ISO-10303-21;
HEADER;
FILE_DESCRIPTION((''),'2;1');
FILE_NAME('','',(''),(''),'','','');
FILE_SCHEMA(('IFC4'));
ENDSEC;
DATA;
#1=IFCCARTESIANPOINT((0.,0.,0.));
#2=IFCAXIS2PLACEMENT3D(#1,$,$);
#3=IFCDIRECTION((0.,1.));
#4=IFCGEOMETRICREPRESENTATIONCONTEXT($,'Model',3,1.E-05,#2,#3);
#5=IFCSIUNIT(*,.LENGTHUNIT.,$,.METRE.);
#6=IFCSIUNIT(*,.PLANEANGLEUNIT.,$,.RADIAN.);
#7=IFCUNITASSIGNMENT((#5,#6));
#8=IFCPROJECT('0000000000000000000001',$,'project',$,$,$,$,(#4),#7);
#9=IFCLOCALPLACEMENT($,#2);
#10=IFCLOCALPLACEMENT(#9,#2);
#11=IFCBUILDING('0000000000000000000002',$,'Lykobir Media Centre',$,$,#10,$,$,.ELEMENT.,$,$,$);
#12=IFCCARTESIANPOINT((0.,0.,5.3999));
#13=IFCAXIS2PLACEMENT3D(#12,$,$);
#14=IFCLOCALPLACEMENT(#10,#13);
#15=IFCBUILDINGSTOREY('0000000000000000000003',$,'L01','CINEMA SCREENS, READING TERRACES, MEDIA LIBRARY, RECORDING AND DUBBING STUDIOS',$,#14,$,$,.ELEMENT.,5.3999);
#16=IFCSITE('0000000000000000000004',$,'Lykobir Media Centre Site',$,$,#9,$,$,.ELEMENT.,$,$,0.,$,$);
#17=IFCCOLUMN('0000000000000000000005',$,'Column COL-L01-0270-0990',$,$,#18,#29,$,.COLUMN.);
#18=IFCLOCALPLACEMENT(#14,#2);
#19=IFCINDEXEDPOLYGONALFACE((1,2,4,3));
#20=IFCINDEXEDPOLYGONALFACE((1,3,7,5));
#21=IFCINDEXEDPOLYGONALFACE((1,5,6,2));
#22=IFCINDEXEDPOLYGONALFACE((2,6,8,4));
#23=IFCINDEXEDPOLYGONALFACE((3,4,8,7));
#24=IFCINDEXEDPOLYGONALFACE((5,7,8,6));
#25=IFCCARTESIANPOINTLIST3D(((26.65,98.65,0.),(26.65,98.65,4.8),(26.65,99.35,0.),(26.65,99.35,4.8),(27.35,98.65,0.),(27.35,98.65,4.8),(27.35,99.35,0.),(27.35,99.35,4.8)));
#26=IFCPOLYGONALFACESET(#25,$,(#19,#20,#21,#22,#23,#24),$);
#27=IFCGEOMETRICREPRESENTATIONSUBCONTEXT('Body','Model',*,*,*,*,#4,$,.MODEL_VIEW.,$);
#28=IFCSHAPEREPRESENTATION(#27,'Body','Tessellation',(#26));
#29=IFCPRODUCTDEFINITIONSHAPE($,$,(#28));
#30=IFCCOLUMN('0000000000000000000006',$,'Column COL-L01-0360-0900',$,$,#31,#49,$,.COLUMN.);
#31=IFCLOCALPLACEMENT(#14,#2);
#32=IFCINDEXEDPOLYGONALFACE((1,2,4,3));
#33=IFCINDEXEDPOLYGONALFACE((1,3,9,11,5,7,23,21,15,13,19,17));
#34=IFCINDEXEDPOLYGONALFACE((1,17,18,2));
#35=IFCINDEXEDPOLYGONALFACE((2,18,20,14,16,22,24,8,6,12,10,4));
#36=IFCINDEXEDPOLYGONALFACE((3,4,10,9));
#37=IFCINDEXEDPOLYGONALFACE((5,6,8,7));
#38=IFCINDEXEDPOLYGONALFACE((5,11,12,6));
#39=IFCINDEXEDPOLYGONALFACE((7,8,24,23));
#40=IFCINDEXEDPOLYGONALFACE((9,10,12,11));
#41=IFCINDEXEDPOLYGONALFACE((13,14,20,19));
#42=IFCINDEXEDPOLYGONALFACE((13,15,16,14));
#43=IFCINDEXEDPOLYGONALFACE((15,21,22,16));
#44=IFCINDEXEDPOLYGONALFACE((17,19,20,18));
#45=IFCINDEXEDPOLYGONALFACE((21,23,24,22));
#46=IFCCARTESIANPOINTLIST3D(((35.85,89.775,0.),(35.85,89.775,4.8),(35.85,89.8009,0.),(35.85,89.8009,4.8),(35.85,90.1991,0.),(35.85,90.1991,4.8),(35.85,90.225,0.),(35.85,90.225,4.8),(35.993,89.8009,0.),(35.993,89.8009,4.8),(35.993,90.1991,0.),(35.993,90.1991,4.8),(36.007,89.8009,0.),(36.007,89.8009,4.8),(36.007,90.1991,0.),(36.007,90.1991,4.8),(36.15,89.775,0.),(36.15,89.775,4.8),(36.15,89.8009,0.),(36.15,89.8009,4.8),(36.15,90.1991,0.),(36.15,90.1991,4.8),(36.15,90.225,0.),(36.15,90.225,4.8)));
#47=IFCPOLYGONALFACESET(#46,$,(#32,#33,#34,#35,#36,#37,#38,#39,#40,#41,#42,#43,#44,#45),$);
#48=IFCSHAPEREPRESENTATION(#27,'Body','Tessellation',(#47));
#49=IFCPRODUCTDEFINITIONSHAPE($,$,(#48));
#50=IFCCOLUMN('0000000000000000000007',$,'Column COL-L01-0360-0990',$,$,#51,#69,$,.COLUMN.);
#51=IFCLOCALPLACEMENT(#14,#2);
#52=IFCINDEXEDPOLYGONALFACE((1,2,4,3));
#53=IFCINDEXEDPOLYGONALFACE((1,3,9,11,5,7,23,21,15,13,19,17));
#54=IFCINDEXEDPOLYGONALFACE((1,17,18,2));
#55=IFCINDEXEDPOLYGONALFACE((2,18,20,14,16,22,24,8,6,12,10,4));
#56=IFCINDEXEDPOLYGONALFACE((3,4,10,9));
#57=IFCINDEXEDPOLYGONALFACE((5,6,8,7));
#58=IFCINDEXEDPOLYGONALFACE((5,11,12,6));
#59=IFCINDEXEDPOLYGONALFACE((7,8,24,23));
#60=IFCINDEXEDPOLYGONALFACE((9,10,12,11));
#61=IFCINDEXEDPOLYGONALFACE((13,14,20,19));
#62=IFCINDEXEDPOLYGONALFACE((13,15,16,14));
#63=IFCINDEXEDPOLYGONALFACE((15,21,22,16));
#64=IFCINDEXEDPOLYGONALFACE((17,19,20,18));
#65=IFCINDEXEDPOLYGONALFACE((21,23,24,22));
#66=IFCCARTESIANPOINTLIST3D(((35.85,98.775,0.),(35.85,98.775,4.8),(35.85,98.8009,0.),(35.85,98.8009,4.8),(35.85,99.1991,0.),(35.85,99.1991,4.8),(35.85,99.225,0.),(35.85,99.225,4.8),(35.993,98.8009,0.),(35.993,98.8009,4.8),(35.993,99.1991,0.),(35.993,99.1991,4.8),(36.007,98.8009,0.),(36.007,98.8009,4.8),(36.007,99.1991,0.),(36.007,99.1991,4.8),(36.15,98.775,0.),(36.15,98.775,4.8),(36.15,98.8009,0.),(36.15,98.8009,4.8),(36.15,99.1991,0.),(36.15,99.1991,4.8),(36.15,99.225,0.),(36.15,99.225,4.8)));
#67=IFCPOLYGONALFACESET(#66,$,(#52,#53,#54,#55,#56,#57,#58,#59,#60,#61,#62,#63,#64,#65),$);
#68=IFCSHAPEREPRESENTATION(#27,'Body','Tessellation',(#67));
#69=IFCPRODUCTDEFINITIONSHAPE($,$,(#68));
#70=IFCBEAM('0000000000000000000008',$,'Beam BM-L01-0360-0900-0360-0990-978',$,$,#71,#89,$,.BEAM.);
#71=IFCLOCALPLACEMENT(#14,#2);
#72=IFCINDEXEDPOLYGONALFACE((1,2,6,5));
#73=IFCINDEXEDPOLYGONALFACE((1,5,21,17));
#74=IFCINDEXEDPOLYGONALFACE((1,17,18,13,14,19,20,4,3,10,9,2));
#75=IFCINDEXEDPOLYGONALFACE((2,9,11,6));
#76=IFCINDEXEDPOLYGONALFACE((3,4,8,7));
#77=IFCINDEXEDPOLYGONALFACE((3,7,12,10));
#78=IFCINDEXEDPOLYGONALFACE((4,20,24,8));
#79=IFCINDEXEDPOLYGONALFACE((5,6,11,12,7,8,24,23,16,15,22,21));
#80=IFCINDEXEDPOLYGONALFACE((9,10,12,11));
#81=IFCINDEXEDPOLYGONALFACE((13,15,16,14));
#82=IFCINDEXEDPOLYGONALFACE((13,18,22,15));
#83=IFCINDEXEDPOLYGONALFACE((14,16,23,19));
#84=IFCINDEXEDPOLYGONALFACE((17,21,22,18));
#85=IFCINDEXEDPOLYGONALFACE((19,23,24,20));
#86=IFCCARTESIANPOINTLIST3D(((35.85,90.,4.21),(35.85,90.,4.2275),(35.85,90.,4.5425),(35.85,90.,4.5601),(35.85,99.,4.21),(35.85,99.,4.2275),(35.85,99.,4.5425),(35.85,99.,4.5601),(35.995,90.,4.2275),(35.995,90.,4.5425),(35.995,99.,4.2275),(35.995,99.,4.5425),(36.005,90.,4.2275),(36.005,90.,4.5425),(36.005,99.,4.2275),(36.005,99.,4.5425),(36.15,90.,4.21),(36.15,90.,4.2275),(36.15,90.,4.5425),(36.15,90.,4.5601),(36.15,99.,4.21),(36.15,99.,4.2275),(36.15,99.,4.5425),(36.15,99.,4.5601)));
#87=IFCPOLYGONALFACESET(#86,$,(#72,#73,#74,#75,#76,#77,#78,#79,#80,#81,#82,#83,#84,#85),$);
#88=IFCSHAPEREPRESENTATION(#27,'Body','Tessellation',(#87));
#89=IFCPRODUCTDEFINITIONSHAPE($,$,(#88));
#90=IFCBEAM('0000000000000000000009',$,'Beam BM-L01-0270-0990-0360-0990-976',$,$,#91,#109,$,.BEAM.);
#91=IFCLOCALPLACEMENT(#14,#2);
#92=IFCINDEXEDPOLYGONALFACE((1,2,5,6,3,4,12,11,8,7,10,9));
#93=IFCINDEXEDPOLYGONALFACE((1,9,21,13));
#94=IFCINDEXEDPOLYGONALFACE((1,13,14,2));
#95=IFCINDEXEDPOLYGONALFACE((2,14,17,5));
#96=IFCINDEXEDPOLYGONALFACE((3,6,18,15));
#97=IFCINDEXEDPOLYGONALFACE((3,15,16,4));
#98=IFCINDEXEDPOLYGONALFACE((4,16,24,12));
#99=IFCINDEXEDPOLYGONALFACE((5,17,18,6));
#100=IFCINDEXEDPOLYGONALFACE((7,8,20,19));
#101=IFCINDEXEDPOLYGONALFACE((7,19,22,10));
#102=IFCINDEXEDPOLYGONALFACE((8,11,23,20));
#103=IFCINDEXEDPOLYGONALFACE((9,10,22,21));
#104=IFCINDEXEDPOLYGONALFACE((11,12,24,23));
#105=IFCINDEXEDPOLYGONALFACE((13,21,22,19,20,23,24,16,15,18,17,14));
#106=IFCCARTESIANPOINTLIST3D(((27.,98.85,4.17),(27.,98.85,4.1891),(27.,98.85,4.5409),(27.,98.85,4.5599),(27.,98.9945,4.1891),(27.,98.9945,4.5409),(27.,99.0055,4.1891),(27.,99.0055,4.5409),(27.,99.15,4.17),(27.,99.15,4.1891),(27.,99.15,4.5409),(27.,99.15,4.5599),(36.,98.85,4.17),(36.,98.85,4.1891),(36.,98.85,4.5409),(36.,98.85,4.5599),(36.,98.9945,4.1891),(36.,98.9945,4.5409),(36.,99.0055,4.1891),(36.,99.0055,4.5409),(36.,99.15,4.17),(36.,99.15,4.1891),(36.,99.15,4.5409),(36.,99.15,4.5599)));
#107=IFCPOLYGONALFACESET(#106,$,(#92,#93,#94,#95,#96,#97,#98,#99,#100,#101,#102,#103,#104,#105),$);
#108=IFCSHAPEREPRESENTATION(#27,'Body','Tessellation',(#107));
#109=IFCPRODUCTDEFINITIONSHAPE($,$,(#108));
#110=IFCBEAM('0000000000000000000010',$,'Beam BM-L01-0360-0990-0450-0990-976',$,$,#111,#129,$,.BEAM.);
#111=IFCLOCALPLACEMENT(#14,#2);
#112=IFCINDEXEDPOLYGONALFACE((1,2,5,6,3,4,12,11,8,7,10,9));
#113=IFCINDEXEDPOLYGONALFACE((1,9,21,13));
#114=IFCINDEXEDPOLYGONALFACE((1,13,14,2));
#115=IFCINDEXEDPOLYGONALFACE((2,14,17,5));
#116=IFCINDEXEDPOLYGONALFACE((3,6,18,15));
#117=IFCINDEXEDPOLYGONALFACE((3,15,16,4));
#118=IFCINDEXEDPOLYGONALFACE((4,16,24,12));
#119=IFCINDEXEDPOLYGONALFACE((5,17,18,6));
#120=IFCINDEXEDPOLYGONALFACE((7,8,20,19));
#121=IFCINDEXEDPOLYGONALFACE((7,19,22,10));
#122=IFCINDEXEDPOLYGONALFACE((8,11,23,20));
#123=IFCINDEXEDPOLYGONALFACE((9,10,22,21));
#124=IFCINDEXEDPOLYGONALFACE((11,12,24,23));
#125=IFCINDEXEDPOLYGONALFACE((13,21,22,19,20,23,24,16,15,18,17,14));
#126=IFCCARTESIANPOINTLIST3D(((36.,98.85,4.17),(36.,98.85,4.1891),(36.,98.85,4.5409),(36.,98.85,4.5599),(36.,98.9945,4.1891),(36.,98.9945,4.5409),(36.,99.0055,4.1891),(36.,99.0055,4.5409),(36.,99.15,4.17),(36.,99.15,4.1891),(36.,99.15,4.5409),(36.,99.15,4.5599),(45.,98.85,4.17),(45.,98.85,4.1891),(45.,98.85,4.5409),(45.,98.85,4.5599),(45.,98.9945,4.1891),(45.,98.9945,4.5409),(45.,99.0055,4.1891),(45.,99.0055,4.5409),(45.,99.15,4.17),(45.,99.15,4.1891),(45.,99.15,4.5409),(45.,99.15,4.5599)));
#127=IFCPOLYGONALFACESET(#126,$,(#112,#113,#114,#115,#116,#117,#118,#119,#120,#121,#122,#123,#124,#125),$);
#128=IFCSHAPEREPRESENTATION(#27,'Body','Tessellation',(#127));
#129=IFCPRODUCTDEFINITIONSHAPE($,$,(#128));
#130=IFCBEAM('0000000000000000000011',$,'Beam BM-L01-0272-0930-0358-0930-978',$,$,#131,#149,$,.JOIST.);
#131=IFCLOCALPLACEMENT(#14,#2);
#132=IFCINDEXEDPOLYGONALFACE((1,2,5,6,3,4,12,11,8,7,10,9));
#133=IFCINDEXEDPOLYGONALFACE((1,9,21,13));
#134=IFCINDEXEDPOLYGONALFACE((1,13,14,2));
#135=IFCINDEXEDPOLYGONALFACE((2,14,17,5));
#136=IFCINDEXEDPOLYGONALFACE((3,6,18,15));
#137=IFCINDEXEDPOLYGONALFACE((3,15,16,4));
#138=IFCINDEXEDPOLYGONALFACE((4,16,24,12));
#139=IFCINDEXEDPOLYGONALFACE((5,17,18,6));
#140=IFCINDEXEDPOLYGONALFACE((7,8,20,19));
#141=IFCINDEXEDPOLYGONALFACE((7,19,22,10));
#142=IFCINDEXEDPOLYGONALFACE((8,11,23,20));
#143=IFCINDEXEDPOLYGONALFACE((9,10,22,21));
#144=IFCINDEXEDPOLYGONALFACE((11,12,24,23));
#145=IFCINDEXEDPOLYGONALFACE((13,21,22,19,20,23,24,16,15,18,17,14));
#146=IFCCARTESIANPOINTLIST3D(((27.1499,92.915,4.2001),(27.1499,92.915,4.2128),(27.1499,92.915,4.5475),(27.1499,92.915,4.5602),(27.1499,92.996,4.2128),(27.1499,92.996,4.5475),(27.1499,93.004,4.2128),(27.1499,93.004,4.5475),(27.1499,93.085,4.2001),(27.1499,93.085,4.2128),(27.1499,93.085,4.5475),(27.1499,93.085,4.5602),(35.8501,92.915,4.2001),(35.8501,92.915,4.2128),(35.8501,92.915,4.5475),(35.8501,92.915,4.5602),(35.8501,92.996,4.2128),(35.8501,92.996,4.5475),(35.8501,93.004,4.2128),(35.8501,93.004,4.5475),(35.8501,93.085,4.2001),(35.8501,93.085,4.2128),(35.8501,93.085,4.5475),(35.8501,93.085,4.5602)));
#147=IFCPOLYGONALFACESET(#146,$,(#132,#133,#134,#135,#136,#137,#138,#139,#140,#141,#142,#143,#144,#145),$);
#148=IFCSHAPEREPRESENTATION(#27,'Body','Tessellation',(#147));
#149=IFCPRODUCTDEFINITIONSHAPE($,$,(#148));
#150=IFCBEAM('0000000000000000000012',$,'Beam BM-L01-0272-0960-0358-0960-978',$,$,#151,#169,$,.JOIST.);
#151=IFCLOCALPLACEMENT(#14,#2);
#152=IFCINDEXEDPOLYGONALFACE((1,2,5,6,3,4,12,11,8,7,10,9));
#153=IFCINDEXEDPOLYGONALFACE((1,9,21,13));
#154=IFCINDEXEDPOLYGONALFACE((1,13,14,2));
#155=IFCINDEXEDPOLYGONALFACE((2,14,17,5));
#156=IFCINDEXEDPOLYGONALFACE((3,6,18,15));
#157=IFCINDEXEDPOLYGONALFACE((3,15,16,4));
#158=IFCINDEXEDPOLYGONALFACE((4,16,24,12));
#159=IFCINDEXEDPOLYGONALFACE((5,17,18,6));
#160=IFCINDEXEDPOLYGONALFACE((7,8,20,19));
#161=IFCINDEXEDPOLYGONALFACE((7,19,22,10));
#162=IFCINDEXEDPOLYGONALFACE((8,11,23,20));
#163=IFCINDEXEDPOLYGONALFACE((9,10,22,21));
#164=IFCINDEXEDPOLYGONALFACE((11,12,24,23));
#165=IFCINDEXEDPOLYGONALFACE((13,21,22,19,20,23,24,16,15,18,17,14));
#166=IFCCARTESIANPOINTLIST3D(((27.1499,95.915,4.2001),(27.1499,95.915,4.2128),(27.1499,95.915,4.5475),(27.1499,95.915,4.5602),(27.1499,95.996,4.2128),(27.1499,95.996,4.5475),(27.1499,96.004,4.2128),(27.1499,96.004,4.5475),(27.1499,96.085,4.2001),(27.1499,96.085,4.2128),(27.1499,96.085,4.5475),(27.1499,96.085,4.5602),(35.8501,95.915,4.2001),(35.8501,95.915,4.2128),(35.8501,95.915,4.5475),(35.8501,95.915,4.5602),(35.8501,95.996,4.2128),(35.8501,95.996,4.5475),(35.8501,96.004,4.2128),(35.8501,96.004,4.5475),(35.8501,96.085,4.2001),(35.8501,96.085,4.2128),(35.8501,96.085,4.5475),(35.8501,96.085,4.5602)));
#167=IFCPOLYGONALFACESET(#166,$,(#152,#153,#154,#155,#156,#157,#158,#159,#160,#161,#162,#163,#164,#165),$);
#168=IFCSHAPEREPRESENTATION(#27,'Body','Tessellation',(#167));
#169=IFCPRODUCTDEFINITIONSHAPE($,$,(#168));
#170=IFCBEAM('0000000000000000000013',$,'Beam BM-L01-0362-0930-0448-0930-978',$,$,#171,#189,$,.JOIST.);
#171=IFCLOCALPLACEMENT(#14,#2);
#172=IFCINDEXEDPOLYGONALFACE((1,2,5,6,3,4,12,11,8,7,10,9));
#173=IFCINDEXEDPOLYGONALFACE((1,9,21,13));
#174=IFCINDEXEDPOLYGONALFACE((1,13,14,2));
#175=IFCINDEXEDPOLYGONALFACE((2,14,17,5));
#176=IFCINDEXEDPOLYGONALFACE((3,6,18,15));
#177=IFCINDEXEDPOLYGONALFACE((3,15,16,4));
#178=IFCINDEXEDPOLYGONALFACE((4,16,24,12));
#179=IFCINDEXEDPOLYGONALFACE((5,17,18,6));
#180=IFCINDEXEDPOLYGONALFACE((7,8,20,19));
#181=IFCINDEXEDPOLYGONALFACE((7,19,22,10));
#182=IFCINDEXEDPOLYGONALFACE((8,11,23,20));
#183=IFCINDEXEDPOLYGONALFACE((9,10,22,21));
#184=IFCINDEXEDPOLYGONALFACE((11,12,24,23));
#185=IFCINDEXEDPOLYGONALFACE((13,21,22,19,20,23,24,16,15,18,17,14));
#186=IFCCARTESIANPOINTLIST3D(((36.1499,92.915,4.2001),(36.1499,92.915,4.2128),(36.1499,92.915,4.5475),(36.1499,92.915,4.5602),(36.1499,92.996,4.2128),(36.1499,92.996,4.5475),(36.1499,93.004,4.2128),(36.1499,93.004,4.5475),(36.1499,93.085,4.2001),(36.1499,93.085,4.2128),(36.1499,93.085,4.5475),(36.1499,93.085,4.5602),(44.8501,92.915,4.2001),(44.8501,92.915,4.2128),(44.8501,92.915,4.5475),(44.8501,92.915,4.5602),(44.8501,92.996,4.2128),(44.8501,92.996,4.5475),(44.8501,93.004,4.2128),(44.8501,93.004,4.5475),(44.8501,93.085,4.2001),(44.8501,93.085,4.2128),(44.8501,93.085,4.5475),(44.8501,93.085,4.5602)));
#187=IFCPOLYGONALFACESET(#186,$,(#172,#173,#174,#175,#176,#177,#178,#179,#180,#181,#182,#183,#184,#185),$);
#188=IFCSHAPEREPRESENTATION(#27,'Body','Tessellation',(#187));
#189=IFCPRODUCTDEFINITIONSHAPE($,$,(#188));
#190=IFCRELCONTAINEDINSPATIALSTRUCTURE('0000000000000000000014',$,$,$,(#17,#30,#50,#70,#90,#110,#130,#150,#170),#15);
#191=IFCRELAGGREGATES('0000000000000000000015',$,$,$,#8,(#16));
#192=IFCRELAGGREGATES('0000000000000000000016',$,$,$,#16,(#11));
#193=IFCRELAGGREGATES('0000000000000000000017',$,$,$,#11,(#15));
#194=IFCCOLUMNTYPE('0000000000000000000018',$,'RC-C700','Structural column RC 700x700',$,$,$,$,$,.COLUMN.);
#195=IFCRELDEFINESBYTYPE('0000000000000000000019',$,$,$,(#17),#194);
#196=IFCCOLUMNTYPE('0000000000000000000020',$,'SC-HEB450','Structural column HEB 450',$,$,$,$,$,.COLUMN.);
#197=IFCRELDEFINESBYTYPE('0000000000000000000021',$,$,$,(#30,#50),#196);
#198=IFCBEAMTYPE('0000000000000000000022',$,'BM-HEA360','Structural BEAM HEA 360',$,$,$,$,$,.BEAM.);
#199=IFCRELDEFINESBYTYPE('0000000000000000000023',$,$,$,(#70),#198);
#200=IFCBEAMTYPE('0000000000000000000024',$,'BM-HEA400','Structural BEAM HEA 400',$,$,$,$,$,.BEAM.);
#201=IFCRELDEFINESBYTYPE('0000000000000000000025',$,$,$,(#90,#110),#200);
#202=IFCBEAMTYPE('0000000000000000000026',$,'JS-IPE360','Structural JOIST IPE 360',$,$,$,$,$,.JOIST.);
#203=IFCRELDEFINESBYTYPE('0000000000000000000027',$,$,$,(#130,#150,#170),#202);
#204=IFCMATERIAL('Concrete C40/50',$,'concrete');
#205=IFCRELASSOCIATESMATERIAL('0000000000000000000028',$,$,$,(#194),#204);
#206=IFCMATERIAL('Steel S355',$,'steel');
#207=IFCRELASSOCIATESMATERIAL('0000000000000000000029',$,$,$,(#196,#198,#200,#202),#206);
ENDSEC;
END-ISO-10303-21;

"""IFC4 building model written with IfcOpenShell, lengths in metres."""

from ifc_helpers import new_model, si_unit, direction, frame, origin, origin_2d, place, context, subcontext, project, spatial, rectangle, i_section, extrude, material, material_profile, profile_set, type_object, element, save


model = new_model("IFC4")

# Units and contexts
model_context = context("Model", 3, precision=1e-05, world=origin(), true_north=direction((0.0, 1.0)))
body_context = subcontext(model_context, "Body", "Model", "MODEL_VIEW")
ifc_project = project(units=[si_unit("LENGTHUNIT", "METRE"), si_unit("PLANEANGLEUNIT", "RADIAN")], contexts=[model_context])

# Site, building, storey
site_placement = place(None, origin())
site = spatial("IfcSite", under=ifc_project, at=site_placement, Name="Lykobir Media Centre Site", CompositionType="ELEMENT", RefElevation=0.0)
building_placement = place(site_placement, origin())
building = spatial("IfcBuilding", under=site, at=building_placement, Name="Lykobir Media Centre", CompositionType="ELEMENT")
storey_placement = place(building_placement, frame((0.0, 0.0, 5.3999)))
storey = spatial("IfcBuildingStorey", under=building, at=storey_placement, Name="L01", Description="CINEMA SCREENS, READING TERRACES, MEDIA LIBRARY, RECORDING AND DUBBING STUDIOS", CompositionType="ELEMENT", Elevation=5.3999)

# Columns
ifc_material_1 = material(Name="Concrete C40/50", Category="concrete")
ifc_material_profile_1 = material_profile(ifc_material_1, rectangle(XDim=0.7, YDim=0.7, at=origin_2d()), Name="RC 700x700")
ifc_profile_set_1 = profile_set([ifc_material_profile_1], Name="Concrete C40/50")
column_type_1 = type_object("IfcColumnType", Name="RC-C700", Description="Structural column RC 700x700", PredefinedType="COLUMN", material=ifc_profile_set_1)
column_placement = place(storey_placement, frame((27.0, 99.0, 0.0), z_axis=(0.0, 0.0, 1.0), x_axis=(1.0, 0.0, 0.0)))
element("IfcColumn", 1, at=column_placement, inside=storey, type_object=column_type_1, Name="Column COL-L01-0270-0990", PredefinedType="COLUMN", context=body_context, shape_type="SweptSolid", body=[
    extrude(rectangle(XDim=0.7, YDim=0.7, at=origin_2d()), origin(), (0.0, 0.0, 1.0), 4.8),
])
ifc_material_2 = material(Name="Steel S355", Category="steel")
ifc_material_profile_2 = material_profile(ifc_material_2, i_section(OverallWidth=0.3, OverallDepth=0.45, WebThickness=0.0139, FlangeThickness=0.0259, at=origin_2d()), Name="HEB 450")
ifc_profile_set_2 = profile_set([ifc_material_profile_2], Name="Steel S355")
column_type_2 = type_object("IfcColumnType", Name="SC-HEB450", Description="Structural column HEB 450", PredefinedType="COLUMN", material=ifc_profile_set_2)
for number, where, z_axis, x_axis, name in (
    (2, (36.0, 90.0, 0.0), (0.0, 0.0, 1.0), (1.0, 0.0, 0.0), "Column COL-L01-0360-0900"),
    (3, (36.0, 99.0, 0.0), (0.0, 0.0, 1.0), (1.0, 0.0, 0.0), "Column COL-L01-0360-0990"),
):
    element("IfcColumn", number, at=place(storey_placement, frame(where, z_axis=z_axis, x_axis=x_axis)), inside=storey, type_object=column_type_2, Name=name, PredefinedType="COLUMN", context=body_context, shape_type="SweptSolid", body=[
        extrude(i_section(OverallWidth=0.3, OverallDepth=0.45, WebThickness=0.0139, FlangeThickness=0.0259, at=origin_2d()), origin(), (0.0, 0.0, 1.0), 4.8),
    ])

# Beams
ifc_material_profile_3 = material_profile(ifc_material_2, i_section(OverallWidth=0.3, OverallDepth=0.3501, WebThickness=0.01, FlangeThickness=0.0176, at=origin_2d()), Name="HEA 360")
ifc_profile_set_3 = profile_set([ifc_material_profile_3], Name="Steel S355")
beam_type_1 = type_object("IfcBeamType", Name="BM-HEA360", Description="Structural BEAM HEA 360", PredefinedType="BEAM", material=ifc_profile_set_3)
beam_placement = place(storey_placement, frame((36.0, 90.0, 4.385), z_axis=(0.0, 1.0, 0.0), x_axis=(-1.0, 0.0, 0.0)))
element("IfcBeam", 4, at=beam_placement, inside=storey, type_object=beam_type_1, Name="Beam BM-L01-0360-0900-0360-0990-978", PredefinedType="BEAM", context=body_context, shape_type="SweptSolid", body=[
    extrude(i_section(OverallWidth=0.3, OverallDepth=0.3501, WebThickness=0.01, FlangeThickness=0.0176, at=origin_2d()), origin(), (0.0, 0.0, 1.0), 9.0),
])
ifc_material_profile_4 = material_profile(ifc_material_2, i_section(OverallWidth=0.3, OverallDepth=0.3899, WebThickness=0.011, FlangeThickness=0.019, at=origin_2d()), Name="HEA 400")
ifc_profile_set_4 = profile_set([ifc_material_profile_4], Name="Steel S355")
beam_type_2 = type_object("IfcBeamType", Name="BM-HEA400", Description="Structural BEAM HEA 400", PredefinedType="BEAM", material=ifc_profile_set_4)
for number, where, z_axis, x_axis, name in (
    (5, (27.0, 99.0, 4.365), (1.0, 0.0, 0.0), (0.0, 1.0, 0.0), "Beam BM-L01-0270-0990-0360-0990-976"),
    (6, (36.0, 99.0, 4.365), (1.0, 0.0, 0.0), (0.0, 1.0, 0.0), "Beam BM-L01-0360-0990-0450-0990-976"),
):
    element("IfcBeam", number, at=place(storey_placement, frame(where, z_axis=z_axis, x_axis=x_axis)), inside=storey, type_object=beam_type_2, Name=name, PredefinedType="BEAM", context=body_context, shape_type="SweptSolid", body=[
        extrude(i_section(OverallWidth=0.3, OverallDepth=0.3899, WebThickness=0.011, FlangeThickness=0.019, at=origin_2d()), origin(), (0.0, 0.0, 1.0), 9.0),
    ])
ifc_material_profile_5 = material_profile(ifc_material_2, i_section(OverallWidth=0.1699, OverallDepth=0.3601, WebThickness=0.0081, FlangeThickness=0.0127, at=origin_2d()), Name="IPE 360")
ifc_profile_set_5 = profile_set([ifc_material_profile_5], Name="Steel S355")
beam_type_3 = type_object("IfcBeamType", Name="JS-IPE360", Description="Structural JOIST IPE 360", PredefinedType="JOIST", material=ifc_profile_set_5)
for number, where, z_axis, x_axis, name in (
    (7, (27.1499, 93.0, 4.3801), (1.0, 0.0, 0.0), (0.0, 1.0, 0.0), "Beam BM-L01-0272-0930-0358-0930-978"),
    (8, (27.1499, 96.0, 4.3801), (1.0, 0.0, 0.0), (0.0, 1.0, 0.0), "Beam BM-L01-0272-0960-0358-0960-978"),
    (9, (36.1499, 93.0, 4.3801), (1.0, 0.0, 0.0), (0.0, 1.0, 0.0), "Beam BM-L01-0362-0930-0448-0930-978"),
):
    element("IfcBeam", number, at=place(storey_placement, frame(where, z_axis=z_axis, x_axis=x_axis)), inside=storey, type_object=beam_type_3, Name=name, PredefinedType="JOIST", context=body_context, shape_type="SweptSolid", body=[
        extrude(i_section(OverallWidth=0.1699, OverallDepth=0.3601, WebThickness=0.0081, FlangeThickness=0.0127, at=origin_2d()), origin(), (0.0, 0.0, 1.0), 8.7002),
    ])

save(model, "model.ifc")
